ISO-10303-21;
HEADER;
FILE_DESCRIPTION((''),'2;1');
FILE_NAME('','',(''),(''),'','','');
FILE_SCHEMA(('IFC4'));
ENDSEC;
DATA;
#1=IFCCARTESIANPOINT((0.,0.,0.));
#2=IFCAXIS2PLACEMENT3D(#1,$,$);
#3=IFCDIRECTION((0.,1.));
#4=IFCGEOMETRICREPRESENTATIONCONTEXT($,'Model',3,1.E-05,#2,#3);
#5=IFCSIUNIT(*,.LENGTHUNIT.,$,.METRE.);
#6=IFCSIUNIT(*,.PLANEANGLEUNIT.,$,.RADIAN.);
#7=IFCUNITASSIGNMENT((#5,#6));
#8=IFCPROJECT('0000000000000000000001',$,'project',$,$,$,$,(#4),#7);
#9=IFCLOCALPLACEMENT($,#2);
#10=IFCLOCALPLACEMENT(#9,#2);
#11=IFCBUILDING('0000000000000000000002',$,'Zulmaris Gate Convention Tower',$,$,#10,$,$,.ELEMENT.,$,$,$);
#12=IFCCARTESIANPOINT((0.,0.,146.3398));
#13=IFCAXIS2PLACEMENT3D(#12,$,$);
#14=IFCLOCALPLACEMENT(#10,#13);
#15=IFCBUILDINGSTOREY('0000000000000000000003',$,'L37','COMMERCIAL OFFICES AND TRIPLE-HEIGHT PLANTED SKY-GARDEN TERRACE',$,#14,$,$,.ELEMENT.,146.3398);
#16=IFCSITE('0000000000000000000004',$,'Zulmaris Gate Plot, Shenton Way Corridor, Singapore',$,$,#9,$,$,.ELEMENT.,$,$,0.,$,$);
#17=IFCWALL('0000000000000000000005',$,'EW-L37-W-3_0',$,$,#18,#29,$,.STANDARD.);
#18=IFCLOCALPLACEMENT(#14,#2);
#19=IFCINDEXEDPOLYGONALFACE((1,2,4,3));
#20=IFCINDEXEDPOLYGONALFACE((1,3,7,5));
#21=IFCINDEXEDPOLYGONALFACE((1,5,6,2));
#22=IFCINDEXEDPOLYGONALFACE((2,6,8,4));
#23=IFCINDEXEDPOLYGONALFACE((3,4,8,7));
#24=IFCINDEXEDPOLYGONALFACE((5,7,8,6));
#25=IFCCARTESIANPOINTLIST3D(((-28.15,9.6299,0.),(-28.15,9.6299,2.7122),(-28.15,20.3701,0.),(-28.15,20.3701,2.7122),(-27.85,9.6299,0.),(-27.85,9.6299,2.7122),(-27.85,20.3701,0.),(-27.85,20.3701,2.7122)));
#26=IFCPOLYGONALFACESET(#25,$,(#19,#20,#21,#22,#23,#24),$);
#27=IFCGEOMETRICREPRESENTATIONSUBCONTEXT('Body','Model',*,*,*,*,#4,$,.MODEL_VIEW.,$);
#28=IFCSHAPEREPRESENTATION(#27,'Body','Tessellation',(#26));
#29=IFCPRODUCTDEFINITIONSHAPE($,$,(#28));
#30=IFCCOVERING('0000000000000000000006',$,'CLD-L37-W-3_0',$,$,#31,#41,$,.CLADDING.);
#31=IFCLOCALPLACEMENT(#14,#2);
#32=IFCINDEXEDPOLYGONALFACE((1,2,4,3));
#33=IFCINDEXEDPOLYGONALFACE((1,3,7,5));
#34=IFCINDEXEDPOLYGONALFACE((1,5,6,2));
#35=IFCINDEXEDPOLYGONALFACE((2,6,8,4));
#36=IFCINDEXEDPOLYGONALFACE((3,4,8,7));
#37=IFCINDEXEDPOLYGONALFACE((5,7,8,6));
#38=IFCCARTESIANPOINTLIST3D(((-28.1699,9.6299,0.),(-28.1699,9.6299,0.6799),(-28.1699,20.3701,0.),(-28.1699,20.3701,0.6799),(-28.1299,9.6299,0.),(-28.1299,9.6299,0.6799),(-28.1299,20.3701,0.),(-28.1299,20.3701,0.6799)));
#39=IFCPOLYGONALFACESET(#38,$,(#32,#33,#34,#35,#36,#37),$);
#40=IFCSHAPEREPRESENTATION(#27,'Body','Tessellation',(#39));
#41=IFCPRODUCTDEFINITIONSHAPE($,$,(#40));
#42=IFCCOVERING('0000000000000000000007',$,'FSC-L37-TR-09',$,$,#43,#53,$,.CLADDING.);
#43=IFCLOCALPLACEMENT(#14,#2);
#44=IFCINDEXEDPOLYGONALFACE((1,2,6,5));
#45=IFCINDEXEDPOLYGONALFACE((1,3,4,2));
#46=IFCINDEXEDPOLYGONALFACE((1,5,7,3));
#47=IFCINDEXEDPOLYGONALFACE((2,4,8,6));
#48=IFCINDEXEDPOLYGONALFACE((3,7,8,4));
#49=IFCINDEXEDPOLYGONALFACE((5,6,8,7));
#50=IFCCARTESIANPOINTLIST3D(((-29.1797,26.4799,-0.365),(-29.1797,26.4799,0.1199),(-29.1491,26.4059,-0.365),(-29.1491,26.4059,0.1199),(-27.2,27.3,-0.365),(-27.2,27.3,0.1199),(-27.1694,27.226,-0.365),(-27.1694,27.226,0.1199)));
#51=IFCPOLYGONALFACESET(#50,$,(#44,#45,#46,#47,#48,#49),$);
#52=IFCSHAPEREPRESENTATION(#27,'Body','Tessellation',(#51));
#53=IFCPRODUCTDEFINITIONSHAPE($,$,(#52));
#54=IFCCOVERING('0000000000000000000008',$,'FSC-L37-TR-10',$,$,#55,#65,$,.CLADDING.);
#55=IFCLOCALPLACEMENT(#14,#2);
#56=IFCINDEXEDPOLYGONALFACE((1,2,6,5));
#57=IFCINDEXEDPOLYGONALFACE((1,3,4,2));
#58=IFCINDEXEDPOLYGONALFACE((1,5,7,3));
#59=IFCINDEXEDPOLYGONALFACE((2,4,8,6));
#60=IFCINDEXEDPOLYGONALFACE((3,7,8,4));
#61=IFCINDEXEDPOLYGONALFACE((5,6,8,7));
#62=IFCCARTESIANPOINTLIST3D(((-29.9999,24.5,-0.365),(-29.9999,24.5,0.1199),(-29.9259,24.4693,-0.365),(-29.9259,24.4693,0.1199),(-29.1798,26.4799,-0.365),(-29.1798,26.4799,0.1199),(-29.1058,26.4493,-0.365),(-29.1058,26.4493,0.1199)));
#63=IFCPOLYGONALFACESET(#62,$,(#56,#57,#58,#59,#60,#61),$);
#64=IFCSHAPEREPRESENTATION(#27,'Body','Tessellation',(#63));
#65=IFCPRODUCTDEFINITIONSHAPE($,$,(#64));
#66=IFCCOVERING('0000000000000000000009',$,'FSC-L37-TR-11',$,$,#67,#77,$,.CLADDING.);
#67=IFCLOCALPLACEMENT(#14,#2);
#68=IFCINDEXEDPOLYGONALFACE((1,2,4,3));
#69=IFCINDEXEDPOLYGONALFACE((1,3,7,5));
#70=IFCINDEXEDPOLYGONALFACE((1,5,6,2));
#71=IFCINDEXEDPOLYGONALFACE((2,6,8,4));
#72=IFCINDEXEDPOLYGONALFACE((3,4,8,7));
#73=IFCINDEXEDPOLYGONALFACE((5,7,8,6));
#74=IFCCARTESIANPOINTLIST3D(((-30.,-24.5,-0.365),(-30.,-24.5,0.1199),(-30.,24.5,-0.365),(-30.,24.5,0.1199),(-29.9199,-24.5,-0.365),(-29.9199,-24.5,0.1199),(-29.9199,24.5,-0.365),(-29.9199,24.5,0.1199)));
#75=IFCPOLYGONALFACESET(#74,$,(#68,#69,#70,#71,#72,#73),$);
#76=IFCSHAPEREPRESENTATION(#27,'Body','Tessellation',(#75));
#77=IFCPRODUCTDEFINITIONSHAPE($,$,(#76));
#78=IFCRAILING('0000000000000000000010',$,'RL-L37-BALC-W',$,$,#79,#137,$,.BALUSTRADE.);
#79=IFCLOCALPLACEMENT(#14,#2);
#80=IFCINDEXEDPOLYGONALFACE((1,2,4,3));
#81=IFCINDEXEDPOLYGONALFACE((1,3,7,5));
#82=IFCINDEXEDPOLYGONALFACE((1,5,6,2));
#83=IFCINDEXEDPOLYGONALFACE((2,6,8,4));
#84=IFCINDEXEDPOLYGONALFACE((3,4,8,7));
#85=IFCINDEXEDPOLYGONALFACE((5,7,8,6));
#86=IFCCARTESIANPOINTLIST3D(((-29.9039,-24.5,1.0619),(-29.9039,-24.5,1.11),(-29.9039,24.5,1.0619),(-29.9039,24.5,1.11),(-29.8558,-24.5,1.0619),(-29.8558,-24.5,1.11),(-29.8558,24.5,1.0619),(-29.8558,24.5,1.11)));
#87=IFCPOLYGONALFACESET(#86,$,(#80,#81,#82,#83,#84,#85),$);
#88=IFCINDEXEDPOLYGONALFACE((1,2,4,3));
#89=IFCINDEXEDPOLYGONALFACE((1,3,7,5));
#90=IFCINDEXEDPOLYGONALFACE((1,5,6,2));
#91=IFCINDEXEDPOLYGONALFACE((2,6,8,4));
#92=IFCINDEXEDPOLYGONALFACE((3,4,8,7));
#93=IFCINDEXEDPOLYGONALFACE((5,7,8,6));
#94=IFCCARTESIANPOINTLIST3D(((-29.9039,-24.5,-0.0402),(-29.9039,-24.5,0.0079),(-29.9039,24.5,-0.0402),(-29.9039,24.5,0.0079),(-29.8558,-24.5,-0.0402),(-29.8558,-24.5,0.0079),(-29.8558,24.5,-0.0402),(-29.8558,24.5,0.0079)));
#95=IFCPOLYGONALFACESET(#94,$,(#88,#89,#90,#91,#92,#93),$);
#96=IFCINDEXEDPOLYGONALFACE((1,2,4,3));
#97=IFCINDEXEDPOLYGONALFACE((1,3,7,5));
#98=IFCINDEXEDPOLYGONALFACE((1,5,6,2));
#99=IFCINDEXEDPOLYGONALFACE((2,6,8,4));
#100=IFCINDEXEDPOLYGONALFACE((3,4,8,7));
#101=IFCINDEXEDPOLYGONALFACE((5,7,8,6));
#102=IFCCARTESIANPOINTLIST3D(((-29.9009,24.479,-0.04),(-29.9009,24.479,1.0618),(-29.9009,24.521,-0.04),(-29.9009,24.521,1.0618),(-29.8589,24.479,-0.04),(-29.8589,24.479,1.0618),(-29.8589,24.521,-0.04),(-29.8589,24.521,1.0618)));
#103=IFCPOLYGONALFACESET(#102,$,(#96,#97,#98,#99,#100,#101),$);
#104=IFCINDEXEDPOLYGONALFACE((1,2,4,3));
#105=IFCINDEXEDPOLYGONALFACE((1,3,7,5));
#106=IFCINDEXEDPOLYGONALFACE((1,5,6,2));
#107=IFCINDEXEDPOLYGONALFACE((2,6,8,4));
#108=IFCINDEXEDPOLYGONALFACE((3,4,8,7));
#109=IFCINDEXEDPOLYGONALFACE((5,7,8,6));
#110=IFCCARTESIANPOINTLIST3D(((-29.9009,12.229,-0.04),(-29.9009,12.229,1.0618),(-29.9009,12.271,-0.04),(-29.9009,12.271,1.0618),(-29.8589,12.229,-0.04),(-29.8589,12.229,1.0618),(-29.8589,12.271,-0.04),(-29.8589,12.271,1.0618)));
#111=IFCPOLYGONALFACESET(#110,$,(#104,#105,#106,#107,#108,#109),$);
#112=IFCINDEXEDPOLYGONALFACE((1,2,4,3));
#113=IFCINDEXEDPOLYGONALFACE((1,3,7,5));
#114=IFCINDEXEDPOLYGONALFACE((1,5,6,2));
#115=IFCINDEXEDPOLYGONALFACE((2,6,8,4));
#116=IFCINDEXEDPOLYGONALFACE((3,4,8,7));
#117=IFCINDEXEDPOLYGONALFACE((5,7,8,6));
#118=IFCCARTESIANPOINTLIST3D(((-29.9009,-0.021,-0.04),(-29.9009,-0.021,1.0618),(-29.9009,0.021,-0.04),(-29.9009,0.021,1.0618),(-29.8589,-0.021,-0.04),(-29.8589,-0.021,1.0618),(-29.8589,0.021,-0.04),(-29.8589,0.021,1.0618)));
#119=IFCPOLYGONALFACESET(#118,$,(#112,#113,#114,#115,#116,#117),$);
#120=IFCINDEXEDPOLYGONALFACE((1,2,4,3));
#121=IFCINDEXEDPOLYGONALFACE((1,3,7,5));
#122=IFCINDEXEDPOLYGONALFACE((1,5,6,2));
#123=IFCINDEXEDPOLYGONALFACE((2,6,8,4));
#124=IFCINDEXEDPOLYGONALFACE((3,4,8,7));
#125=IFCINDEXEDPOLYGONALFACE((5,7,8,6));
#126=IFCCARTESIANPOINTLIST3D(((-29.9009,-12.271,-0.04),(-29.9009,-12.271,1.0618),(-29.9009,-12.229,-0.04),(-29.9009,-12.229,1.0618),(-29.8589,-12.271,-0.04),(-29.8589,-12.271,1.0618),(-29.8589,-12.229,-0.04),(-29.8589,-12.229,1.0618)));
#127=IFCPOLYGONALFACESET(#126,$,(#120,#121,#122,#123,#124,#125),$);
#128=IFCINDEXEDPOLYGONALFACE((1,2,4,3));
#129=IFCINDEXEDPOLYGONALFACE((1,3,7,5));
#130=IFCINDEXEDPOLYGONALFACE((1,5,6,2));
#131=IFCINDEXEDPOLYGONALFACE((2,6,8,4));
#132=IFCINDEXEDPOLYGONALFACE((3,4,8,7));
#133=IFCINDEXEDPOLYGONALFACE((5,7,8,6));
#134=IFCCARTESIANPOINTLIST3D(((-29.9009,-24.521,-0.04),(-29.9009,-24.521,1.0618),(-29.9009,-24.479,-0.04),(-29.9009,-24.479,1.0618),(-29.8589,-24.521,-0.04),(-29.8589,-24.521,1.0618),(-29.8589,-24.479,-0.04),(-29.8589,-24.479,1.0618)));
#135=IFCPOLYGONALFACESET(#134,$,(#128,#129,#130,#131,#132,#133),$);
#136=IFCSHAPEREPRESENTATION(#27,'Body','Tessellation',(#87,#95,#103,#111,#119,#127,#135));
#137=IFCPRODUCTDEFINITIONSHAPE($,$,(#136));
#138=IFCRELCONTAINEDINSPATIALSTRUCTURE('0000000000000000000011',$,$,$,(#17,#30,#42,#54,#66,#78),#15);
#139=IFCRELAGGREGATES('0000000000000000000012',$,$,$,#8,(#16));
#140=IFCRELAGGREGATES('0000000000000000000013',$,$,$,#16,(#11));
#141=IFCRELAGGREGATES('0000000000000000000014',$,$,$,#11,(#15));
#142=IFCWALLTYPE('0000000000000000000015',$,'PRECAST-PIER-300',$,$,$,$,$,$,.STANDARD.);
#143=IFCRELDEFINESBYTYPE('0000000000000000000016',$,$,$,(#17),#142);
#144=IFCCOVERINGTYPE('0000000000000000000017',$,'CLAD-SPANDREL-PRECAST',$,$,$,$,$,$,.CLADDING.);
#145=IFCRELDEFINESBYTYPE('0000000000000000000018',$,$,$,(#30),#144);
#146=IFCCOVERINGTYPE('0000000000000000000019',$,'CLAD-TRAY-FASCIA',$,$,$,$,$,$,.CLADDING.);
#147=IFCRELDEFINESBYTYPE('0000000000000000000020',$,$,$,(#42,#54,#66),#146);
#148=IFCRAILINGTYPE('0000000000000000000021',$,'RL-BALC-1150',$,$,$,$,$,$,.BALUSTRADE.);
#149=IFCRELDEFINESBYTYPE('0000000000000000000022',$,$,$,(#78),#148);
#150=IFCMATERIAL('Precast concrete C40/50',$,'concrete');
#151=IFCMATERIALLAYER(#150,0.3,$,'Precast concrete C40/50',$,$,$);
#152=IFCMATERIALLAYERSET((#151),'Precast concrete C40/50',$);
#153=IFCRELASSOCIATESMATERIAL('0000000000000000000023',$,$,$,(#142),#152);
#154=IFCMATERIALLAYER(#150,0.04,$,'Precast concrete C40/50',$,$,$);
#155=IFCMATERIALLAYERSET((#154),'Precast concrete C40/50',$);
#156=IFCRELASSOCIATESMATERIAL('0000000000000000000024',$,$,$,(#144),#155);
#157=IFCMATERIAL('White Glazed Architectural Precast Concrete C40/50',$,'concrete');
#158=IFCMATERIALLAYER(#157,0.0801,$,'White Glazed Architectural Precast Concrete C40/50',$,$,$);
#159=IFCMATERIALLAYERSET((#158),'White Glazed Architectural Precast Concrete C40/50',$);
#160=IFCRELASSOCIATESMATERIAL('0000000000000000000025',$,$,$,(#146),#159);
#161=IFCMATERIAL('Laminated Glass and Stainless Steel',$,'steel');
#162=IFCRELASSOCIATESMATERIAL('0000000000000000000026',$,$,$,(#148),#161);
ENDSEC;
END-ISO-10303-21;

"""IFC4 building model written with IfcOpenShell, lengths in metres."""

from ifc_helpers import new_model, si_unit, direction, frame, frame_2d, origin, origin_2d, place, context, subcontext, project, spatial, rectangle, extrude, material, layer, layer_set, type_object, element, save


model = new_model("IFC4")

# Units and contexts
model_context = context("Model", 3, precision=1e-05, world=origin(), true_north=direction((0.0, 1.0)))
body_context = subcontext(model_context, "Body", "Model", "MODEL_VIEW")
ifc_project = project(units=[si_unit("LENGTHUNIT", "METRE"), si_unit("PLANEANGLEUNIT", "RADIAN")], contexts=[model_context])

# Site, building, storey
site_placement = place(None, origin())
site = spatial("IfcSite", under=ifc_project, at=site_placement, Name="Zulmaris Gate Plot, Shenton Way Corridor, Singapore", CompositionType="ELEMENT", RefElevation=0.0)
building_placement = place(site_placement, origin())
building = spatial("IfcBuilding", under=site, at=building_placement, Name="Zulmaris Gate Convention Tower", CompositionType="ELEMENT")
storey_placement = place(building_placement, frame((0.0, 0.0, 146.3398)))
storey = spatial("IfcBuildingStorey", under=building, at=storey_placement, Name="L37", Description="COMMERCIAL OFFICES AND TRIPLE-HEIGHT PLANTED SKY-GARDEN TERRACE", CompositionType="ELEMENT", Elevation=146.3398)

# Shared definitions
ifc_material_1 = material(Name="Precast concrete C40/50", Category="concrete")
ifc_layer_1 = layer(ifc_material_1, 0.3, Name="Precast concrete C40/50")
ifc_layer_set_1 = layer_set([ifc_layer_1], Name="Precast concrete C40/50")
wall_type_1 = type_object("IfcWallType", Name="PRECAST-PIER-300", PredefinedType="STANDARD", material=ifc_layer_set_1)

# Wall
wall_1_placement = place(storey_placement, frame((-28.0, 20.3701, 0.0), z_axis=(0.0, 0.0, 1.0), x_axis=(0.0, -1.0, 0.0)))
element("IfcWall", 1, at=wall_1_placement, inside=storey, type_object=wall_type_1, Name="EW-L37-W-3_0", PredefinedType="STANDARD", context=body_context, shape_type="SweptSolid", body=[
    extrude(rectangle(XDim=10.7402, YDim=0.3, at=frame_2d((5.3701, 0.0))), origin(), (0.0, 0.0, 1.0), 2.7122),
])

# Coverings
ifc_layer_2 = layer(ifc_material_1, 0.04, Name="Precast concrete C40/50")
ifc_layer_set_2 = layer_set([ifc_layer_2], Name="Precast concrete C40/50")
covering_type_1 = type_object("IfcCoveringType", Name="CLAD-SPANDREL-PRECAST", PredefinedType="CLADDING", material=ifc_layer_set_2)
covering_1_placement = place(storey_placement, frame((-28.1499, 20.3701, 0.0), z_axis=(0.0, 0.0, 1.0), x_axis=(0.0, -1.0, 0.0)))
element("IfcCovering", 2, at=covering_1_placement, inside=storey, type_object=covering_type_1, Name="CLD-L37-W-3_0", PredefinedType="CLADDING", context=body_context, shape_type="SweptSolid", body=[
    extrude(rectangle(XDim=10.7402, YDim=0.04, at=frame_2d((5.3701, 0.0))), origin(), (0.0, 0.0, 1.0), 0.6799),
])
ifc_material_2 = material(Name="White Glazed Architectural Precast Concrete C40/50", Category="concrete")
ifc_layer_3 = layer(ifc_material_2, 0.0801, Name="White Glazed Architectural Precast Concrete C40/50")
ifc_layer_set_3 = layer_set([ifc_layer_3], Name="White Glazed Architectural Precast Concrete C40/50")
covering_type_2 = type_object("IfcCoveringType", Name="CLAD-TRAY-FASCIA", PredefinedType="CLADDING", material=ifc_layer_set_3)
covering_2_placement = place(storey_placement, frame((-27.1848, 27.2629, -0.365), z_axis=(0.0, 0.0, 1.0), x_axis=(-0.923874, -0.382697, 0.0)))
element("IfcCovering", 3, at=covering_2_placement, inside=storey, type_object=covering_type_2, Name="FSC-L37-TR-09", PredefinedType="CLADDING", context=body_context, shape_type="SweptSolid", body=[
    extrude(rectangle(XDim=2.1428, YDim=0.0801, at=frame_2d((1.0713, 0.0))), origin(), (0.0, 0.0, 1.0), 0.4849),
])
covering_3_placement = place(storey_placement, frame((-29.1428, 26.4646, -0.365), z_axis=(0.0, 0.0, 1.0), x_axis=(-0.382657, -0.92389, 0.0)))
element("IfcCovering", 4, at=covering_3_placement, inside=storey, type_object=covering_type_2, Name="FSC-L37-TR-10", PredefinedType="CLADDING", context=body_context, shape_type="SweptSolid", body=[
    extrude(rectangle(XDim=2.1431, YDim=0.0801, at=frame_2d((1.0715, 0.0))), origin(), (0.0, 0.0, 1.0), 0.4849),
])
covering_4_placement = place(storey_placement, frame((-29.96, 24.5, -0.365), z_axis=(0.0, 0.0, 1.0), x_axis=(0.0, -1.0, 0.0)))
element("IfcCovering", 5, at=covering_4_placement, inside=storey, type_object=covering_type_2, Name="FSC-L37-TR-11", PredefinedType="CLADDING", context=body_context, shape_type="SweptSolid", body=[
    extrude(rectangle(XDim=49.0, YDim=0.0801, at=frame_2d((24.5, 0.0))), origin(), (0.0, 0.0, 1.0), 0.4849),
])

# Railing
ifc_material_3 = material(Name="Laminated Glass and Stainless Steel", Category="steel")
railing_type = type_object("IfcRailingType", Name="RL-BALC-1150", PredefinedType="BALUSTRADE", material=ifc_material_3)
railing_placement = place(storey_placement, frame((-29.8799, 24.5, -0.04)))
element("IfcRailing", 6, at=railing_placement, inside=storey, type_object=railing_type, Name="RL-L37-BALC-W", PredefinedType="BALUSTRADE", context=body_context, shape_type="SweptSolid", body=[
    extrude(rectangle(XDim=0.0481, YDim=0.0481, at=origin_2d()), frame((0.0, 0.0, 1.126), z_axis=(0.0, -1.0, 0.0), x_axis=(1.0, 0.0, 0.0)), (0.0, 0.0, 1.0), 49.0),
    extrude(rectangle(XDim=0.0481, YDim=0.0481, at=origin_2d()), frame((0.0, 0.0, 0.0239), z_axis=(0.0, -1.0, 0.0), x_axis=(1.0, 0.0, 0.0)), (0.0, 0.0, 1.0), 49.0),
    extrude(rectangle(XDim=0.042, YDim=0.042, at=origin_2d()), origin(), (0.0, 0.0, 1.0), 1.1018),
    extrude(rectangle(XDim=0.042, YDim=0.042, at=origin_2d()), frame((0.0, -12.25, 0.0)), (0.0, 0.0, 1.0), 1.1018),
    extrude(rectangle(XDim=0.042, YDim=0.042, at=origin_2d()), frame((0.0, -24.5, 0.0)), (0.0, 0.0, 1.0), 1.1018),
    extrude(rectangle(XDim=0.042, YDim=0.042, at=origin_2d()), frame((0.0, -36.75, 0.0)), (0.0, 0.0, 1.0), 1.1018),
    extrude(rectangle(XDim=0.042, YDim=0.042, at=origin_2d()), frame((0.0, -49.0, 0.0)), (0.0, 0.0, 1.0), 1.1018),
])

save(model, "model.ifc")
